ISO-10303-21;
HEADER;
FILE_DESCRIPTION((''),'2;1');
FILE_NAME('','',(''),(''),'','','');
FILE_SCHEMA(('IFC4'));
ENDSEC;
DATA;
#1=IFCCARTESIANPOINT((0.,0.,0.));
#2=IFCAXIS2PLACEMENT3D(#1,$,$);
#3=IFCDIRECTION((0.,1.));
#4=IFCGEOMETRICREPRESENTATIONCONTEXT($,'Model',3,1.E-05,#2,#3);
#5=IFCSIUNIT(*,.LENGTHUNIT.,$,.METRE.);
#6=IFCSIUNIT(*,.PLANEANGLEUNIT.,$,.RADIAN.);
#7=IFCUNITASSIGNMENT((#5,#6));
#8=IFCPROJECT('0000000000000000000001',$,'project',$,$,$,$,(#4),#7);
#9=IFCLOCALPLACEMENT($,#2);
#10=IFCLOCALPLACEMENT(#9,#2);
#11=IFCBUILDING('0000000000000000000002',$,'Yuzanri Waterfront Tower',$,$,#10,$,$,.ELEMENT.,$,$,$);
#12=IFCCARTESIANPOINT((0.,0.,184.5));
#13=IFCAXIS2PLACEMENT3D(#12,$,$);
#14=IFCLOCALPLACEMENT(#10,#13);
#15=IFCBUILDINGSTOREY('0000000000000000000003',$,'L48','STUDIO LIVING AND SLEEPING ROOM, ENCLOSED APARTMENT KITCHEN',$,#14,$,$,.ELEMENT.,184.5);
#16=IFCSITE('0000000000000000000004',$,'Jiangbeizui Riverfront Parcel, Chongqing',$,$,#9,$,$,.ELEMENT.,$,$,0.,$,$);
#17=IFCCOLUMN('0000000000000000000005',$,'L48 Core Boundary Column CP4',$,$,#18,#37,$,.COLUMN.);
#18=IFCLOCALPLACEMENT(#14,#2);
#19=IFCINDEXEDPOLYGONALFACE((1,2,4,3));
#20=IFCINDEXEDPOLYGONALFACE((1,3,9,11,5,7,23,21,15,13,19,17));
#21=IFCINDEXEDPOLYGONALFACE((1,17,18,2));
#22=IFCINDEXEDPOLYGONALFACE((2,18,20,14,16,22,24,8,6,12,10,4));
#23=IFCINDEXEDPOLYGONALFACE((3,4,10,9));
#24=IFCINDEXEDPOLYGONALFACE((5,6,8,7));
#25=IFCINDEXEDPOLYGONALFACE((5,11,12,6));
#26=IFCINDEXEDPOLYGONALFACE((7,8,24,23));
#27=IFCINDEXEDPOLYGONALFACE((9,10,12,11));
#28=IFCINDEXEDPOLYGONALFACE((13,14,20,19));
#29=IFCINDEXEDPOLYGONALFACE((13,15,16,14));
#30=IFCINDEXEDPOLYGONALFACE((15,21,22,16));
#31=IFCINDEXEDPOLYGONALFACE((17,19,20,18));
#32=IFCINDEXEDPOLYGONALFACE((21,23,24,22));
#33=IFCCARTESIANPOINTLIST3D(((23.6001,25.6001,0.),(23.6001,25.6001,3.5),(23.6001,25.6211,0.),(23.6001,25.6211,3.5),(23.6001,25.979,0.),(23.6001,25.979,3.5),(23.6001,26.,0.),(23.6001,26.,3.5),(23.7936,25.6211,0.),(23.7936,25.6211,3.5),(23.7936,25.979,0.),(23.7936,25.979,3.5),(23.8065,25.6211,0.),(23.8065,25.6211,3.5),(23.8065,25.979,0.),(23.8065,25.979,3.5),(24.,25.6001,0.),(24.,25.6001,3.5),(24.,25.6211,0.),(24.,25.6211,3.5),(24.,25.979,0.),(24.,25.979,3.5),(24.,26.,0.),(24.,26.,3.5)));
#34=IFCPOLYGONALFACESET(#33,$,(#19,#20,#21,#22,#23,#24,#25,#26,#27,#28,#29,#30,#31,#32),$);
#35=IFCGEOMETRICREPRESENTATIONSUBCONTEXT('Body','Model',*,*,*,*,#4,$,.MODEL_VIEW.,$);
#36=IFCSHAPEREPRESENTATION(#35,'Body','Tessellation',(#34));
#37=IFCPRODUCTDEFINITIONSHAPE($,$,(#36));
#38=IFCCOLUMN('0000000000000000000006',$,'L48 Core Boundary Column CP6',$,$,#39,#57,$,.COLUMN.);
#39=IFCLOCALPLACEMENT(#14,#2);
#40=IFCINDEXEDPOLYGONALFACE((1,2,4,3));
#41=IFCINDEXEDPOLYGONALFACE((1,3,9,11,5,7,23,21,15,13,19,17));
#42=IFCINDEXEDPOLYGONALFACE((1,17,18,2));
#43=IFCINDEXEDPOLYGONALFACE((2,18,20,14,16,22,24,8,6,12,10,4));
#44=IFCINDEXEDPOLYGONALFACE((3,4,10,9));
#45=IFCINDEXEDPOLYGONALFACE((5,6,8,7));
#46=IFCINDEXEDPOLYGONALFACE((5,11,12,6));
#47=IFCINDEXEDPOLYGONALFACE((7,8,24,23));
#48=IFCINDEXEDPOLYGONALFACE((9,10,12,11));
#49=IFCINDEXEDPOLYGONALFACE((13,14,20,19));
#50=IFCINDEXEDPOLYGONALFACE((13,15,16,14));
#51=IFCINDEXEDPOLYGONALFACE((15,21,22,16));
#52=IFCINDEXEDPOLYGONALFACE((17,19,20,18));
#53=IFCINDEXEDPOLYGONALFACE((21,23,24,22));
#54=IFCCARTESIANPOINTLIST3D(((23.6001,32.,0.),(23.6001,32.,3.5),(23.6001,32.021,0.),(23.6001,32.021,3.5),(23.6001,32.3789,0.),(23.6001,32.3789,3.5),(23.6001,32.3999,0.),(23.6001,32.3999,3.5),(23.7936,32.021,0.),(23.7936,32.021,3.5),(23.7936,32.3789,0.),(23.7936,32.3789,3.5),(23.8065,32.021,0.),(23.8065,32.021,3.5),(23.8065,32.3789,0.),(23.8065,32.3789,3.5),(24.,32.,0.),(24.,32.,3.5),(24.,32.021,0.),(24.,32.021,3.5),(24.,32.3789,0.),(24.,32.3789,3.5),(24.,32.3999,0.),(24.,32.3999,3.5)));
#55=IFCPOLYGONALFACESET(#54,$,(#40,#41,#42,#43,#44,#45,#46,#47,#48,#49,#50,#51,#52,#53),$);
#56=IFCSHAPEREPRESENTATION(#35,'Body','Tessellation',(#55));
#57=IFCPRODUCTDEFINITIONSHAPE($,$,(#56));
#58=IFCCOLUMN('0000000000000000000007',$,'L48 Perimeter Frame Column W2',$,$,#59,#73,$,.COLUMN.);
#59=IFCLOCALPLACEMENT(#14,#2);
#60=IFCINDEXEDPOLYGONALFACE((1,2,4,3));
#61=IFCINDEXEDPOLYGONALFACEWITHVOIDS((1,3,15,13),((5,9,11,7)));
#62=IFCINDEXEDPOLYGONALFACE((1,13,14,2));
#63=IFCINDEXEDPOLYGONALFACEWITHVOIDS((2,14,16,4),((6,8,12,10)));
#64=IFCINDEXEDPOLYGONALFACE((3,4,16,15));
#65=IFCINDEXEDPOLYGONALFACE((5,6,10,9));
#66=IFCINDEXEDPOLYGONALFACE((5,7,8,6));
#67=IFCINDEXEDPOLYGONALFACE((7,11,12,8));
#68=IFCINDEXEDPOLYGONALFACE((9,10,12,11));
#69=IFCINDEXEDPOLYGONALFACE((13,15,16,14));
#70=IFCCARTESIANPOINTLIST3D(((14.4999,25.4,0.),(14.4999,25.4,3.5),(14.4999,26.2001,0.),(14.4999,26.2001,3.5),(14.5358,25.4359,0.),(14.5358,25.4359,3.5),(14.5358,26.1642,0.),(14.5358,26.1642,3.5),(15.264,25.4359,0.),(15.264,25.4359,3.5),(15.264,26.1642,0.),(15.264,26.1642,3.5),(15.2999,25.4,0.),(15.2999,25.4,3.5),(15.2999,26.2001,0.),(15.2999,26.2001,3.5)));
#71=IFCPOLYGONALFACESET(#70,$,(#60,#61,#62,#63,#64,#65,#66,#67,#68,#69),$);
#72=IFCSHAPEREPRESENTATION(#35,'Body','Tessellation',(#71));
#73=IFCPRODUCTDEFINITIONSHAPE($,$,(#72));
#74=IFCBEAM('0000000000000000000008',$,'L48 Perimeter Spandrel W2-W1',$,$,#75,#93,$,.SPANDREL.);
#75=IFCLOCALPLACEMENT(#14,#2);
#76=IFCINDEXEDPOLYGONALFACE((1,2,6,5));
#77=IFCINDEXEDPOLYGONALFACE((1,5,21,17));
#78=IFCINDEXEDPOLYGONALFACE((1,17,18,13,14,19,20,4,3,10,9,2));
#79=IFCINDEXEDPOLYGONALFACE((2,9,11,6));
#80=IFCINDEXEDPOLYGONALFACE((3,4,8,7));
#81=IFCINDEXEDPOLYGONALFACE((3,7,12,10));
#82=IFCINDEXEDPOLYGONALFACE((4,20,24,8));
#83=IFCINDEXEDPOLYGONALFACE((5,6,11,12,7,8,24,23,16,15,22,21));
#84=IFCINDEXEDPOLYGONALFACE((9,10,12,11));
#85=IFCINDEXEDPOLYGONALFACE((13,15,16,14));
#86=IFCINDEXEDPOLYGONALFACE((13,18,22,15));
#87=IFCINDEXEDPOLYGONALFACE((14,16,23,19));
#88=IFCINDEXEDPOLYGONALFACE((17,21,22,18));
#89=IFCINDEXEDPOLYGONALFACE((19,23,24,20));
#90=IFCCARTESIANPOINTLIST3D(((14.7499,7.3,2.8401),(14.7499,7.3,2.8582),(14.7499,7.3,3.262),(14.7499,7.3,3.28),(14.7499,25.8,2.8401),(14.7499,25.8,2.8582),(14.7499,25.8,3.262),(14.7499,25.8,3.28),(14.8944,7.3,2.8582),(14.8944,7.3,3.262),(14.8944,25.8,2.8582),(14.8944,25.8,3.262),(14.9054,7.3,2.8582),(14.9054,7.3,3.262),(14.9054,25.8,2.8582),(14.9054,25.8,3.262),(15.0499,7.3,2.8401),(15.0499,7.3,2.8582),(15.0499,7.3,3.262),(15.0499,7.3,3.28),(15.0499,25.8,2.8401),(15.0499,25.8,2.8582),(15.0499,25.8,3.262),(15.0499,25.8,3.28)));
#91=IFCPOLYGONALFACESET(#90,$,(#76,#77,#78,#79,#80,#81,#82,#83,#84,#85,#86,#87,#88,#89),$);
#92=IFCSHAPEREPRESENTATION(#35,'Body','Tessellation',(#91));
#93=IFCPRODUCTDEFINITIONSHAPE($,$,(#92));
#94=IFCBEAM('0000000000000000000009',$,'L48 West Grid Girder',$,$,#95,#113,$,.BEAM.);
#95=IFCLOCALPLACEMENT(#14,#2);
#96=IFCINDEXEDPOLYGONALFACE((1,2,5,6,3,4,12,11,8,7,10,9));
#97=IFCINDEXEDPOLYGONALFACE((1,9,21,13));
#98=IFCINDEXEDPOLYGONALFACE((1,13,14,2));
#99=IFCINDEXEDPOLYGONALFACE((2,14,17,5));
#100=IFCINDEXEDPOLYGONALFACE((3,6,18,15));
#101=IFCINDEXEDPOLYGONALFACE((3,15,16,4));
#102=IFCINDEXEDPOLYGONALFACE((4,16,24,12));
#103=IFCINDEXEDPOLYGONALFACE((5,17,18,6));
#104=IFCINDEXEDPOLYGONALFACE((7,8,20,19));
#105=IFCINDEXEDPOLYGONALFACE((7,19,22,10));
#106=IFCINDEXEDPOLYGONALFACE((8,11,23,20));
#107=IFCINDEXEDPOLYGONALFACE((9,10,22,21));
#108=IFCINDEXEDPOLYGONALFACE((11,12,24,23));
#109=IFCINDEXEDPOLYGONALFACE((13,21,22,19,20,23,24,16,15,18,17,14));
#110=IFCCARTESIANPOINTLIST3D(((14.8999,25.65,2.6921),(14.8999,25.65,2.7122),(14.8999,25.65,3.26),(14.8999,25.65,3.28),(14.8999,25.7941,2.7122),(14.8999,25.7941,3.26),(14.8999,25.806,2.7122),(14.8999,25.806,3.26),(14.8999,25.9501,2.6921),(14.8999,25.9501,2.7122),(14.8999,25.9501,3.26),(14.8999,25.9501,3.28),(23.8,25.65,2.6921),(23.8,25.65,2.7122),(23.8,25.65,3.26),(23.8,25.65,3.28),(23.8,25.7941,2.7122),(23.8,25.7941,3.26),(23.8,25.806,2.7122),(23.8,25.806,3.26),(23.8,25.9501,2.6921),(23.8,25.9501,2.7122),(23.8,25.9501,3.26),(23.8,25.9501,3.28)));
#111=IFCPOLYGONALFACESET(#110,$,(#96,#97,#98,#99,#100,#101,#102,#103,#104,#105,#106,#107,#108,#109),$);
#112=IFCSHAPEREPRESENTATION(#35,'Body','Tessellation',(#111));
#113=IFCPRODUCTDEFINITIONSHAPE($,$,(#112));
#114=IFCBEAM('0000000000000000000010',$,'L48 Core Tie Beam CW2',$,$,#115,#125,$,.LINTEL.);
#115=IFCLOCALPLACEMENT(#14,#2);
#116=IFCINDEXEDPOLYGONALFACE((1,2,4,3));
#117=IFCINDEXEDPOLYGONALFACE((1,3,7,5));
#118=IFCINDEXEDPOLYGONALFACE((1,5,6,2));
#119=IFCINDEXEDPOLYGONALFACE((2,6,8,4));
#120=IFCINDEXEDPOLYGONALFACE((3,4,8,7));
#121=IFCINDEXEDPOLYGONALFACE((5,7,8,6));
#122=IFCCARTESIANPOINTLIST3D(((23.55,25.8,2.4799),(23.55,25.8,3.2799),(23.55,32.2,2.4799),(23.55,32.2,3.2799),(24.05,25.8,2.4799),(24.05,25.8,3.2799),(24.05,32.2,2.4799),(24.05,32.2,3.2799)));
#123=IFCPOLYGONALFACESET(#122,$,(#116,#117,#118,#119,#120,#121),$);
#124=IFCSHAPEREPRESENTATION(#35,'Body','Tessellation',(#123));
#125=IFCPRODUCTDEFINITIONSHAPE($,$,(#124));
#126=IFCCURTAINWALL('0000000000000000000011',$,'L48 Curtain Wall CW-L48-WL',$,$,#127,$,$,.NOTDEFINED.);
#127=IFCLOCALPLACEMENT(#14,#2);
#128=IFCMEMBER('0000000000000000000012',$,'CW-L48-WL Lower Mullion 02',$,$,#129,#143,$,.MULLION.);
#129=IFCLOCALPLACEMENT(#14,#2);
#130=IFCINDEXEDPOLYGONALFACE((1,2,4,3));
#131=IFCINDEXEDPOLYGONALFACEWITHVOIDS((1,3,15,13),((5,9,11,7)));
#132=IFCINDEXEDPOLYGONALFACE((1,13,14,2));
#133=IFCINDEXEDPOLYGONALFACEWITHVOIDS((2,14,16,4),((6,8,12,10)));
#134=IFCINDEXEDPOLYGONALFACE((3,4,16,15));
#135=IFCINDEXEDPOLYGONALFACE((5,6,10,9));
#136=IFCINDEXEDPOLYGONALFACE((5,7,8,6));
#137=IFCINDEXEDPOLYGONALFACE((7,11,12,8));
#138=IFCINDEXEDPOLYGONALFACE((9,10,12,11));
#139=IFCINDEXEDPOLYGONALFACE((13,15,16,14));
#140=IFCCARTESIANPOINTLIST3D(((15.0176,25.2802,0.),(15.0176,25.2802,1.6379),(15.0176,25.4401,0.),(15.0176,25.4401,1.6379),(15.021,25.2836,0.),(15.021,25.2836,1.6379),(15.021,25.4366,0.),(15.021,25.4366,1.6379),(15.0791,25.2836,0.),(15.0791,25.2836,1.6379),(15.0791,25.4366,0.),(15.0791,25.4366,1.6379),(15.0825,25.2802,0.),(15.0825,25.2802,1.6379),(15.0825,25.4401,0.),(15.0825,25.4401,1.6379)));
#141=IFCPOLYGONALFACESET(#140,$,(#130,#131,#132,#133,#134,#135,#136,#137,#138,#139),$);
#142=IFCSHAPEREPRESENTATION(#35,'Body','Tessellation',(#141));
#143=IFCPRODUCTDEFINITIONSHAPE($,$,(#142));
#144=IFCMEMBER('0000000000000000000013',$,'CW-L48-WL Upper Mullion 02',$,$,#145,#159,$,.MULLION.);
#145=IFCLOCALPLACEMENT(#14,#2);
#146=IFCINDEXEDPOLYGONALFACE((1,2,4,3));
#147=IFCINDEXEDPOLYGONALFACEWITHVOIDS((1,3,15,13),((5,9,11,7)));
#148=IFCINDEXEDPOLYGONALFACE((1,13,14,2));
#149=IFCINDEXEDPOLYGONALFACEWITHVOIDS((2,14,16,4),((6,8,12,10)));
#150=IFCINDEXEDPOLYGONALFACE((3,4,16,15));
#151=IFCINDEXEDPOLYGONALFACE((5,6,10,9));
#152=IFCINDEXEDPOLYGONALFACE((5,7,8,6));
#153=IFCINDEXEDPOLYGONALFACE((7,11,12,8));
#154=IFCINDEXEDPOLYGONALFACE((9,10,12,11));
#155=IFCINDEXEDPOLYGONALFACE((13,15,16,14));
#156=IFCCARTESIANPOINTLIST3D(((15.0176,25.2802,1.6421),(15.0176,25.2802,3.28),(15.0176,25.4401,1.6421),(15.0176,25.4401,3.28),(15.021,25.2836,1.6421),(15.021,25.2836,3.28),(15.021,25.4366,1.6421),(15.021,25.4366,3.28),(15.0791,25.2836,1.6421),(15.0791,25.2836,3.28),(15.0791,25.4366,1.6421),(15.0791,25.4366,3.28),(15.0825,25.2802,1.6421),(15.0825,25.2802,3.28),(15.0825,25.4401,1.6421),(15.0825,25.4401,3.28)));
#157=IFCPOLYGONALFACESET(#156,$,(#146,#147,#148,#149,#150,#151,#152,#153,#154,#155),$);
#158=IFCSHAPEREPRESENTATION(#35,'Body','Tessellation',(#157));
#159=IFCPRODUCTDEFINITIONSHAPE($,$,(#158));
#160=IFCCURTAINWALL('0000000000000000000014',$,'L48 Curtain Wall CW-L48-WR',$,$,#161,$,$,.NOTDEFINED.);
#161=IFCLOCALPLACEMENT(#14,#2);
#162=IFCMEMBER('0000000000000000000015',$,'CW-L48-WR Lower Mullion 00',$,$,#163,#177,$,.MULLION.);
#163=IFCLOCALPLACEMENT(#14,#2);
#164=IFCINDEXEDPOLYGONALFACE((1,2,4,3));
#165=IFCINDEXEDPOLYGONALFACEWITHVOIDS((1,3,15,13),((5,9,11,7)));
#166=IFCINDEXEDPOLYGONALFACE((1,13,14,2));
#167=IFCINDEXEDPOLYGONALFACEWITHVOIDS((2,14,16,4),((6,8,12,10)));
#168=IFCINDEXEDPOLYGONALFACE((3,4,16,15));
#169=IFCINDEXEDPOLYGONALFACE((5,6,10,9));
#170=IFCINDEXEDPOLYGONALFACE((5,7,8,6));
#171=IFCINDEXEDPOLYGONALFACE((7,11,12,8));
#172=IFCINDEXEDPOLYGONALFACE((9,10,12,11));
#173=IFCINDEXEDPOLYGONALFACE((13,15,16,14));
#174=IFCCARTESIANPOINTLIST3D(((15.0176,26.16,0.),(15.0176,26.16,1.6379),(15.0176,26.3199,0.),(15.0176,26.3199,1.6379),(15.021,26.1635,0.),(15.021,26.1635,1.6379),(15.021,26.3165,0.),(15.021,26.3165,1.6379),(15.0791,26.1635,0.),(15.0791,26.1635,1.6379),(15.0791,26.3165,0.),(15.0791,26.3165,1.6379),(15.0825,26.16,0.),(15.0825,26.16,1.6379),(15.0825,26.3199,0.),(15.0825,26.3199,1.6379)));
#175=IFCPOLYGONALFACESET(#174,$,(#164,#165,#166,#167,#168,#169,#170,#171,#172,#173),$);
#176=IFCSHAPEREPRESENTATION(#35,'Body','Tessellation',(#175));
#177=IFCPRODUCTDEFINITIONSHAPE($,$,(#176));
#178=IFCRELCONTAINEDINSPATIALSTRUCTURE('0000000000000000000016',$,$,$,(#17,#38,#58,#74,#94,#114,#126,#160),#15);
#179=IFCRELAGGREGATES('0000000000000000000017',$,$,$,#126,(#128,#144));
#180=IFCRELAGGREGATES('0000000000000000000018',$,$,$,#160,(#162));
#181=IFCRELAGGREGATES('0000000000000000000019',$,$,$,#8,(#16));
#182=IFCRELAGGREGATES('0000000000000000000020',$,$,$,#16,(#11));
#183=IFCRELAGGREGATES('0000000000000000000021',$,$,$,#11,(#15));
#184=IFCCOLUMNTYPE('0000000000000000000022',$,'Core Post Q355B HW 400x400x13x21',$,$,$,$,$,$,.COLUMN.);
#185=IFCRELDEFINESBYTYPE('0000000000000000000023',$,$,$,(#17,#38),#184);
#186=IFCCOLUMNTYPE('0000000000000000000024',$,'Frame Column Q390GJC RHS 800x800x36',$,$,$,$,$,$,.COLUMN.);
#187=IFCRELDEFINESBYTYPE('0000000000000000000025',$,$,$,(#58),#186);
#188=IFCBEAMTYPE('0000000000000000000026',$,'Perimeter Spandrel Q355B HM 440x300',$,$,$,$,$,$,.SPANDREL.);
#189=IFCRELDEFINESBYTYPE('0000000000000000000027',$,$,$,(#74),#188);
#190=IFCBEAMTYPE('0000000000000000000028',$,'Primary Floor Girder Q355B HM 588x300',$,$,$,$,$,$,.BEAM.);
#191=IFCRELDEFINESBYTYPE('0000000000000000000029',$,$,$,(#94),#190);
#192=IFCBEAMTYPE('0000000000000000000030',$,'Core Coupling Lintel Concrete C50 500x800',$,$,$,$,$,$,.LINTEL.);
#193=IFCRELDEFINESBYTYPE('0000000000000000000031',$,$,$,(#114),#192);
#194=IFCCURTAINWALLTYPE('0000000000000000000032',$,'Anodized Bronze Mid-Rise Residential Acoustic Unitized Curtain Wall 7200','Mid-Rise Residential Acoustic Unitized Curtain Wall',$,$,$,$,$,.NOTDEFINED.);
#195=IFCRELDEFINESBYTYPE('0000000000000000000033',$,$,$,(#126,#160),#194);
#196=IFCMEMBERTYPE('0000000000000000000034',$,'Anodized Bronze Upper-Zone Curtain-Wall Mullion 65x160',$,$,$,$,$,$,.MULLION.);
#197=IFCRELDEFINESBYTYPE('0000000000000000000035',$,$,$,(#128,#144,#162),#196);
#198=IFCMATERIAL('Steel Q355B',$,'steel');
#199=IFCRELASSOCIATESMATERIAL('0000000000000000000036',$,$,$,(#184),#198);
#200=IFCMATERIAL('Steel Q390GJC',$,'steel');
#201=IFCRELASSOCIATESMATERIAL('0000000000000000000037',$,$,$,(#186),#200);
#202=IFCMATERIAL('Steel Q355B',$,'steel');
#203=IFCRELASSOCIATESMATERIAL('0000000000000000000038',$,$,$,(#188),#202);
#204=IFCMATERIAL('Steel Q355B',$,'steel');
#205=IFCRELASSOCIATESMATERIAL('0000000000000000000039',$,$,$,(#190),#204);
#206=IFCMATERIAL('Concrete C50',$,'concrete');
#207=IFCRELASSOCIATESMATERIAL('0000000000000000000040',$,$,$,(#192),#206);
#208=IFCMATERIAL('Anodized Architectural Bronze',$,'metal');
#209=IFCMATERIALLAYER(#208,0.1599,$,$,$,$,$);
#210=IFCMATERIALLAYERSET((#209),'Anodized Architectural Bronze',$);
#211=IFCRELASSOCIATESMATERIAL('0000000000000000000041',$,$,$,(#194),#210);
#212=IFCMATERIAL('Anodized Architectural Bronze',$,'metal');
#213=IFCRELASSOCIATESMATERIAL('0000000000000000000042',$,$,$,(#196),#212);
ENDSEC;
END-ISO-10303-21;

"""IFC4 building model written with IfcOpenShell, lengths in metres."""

from ifc_helpers import new_model, si_unit, direction, frame, origin, origin_2d, place, context, subcontext, project, spatial, rectangle, hollow_rectangle, i_section, extrude, source, transform, mapped, material, layer, layer_set, material_profile, profile_set, type_object, element, aggregate, save


model = new_model("IFC4")

# Units and contexts
model_context = context("Model", 3, precision=1e-05, world=origin(), true_north=direction((0.0, 1.0)))
body_context = subcontext(model_context, "Body", "Model", "MODEL_VIEW")
ifc_project = project(units=[si_unit("LENGTHUNIT", "METRE"), si_unit("PLANEANGLEUNIT", "RADIAN")], contexts=[model_context])

# Site, building, storey
site_placement = place(None, origin())
site = spatial("IfcSite", under=ifc_project, at=site_placement, Name="Jiangbeizui Riverfront Parcel, Chongqing", CompositionType="ELEMENT", RefElevation=0.0)
building_placement = place(site_placement, origin())
building = spatial("IfcBuilding", under=site, at=building_placement, Name="Yuzanri Waterfront Tower", CompositionType="ELEMENT")
storey_placement = place(building_placement, frame((0.0, 0.0, 184.5)))
storey = spatial("IfcBuildingStorey", under=building, at=storey_placement, Name="L48", Description="STUDIO LIVING AND SLEEPING ROOM, ENCLOSED APARTMENT KITCHEN", CompositionType="ELEMENT", Elevation=184.5)

# Columns
ifc_material_1 = material(Name="Steel Q355B", Category="steel")
ifc_material_profile_1 = material_profile(ifc_material_1, i_section(OverallWidth=0.3999, OverallDepth=0.3999, WebThickness=0.0129, FlangeThickness=0.021, at=origin_2d()), Name="HW 400x400x13x21")
ifc_profile_set_1 = profile_set([ifc_material_profile_1], Name="Steel Q355B")
column_type_1 = type_object("IfcColumnType", Name="Core Post Q355B HW 400x400x13x21", PredefinedType="COLUMN", material=ifc_profile_set_1)
shared_shape_1 = source(origin(), body_context, "Body", "SweptSolid", [
    extrude(i_section(OverallWidth=0.3999, OverallDepth=0.3999, WebThickness=0.0129, FlangeThickness=0.021, at=origin_2d()), origin(), (0.0, 0.0, 1.0), 3.5),
])
for number, where, z_axis, x_axis, name in (
    (1, (23.8, 25.8, 0.0), (0.0, 0.0, 1.0), (1.0, 0.0, 0.0), "L48 Core Boundary Column CP4"),
    (2, (23.8, 32.2, 0.0), (0.0, 0.0, 1.0), (1.0, 0.0, 0.0), "L48 Core Boundary Column CP6"),
):
    element("IfcColumn", number, at=place(storey_placement, frame(where, z_axis=z_axis, x_axis=x_axis)), inside=storey, type_object=column_type_1, Name=name, PredefinedType="COLUMN", context=body_context, shape_type="MappedRepresentation", body=[
        mapped(shared_shape_1, transform((0.0, 0.0, 0.0), scale=1.0)),
    ])
ifc_material_2 = material(Name="Steel Q390GJC", Category="steel")
ifc_material_profile_2 = material_profile(ifc_material_2, hollow_rectangle(XDim=0.8, YDim=0.8, WallThickness=0.0359, at=origin_2d()), Name="RHS 800x800x36")
ifc_profile_set_2 = profile_set([ifc_material_profile_2], Name="Steel Q390GJC")
column_type_2 = type_object("IfcColumnType", Name="Frame Column Q390GJC RHS 800x800x36", PredefinedType="COLUMN", material=ifc_profile_set_2)
shared_shape_2 = source(origin(), body_context, "Body", "SweptSolid", [
    extrude(hollow_rectangle(XDim=0.8, YDim=0.8, WallThickness=0.0359, at=origin_2d()), origin(), (0.0, 0.0, 1.0), 3.5),
])
column_placement = place(storey_placement, frame((14.8999, 25.8, 0.0), z_axis=(0.0, 0.0, 1.0), x_axis=(1.0, 0.0, 0.0)))
element("IfcColumn", 3, at=column_placement, inside=storey, type_object=column_type_2, Name="L48 Perimeter Frame Column W2", PredefinedType="COLUMN", context=body_context, shape_type="MappedRepresentation", body=[
    mapped(shared_shape_2, transform((0.0, 0.0, 0.0), scale=1.0)),
])

# Beams
ifc_material_3 = material(Name="Steel Q355B", Category="steel")
ifc_material_profile_3 = material_profile(ifc_material_3, i_section(OverallWidth=0.3, OverallDepth=0.4399, WebThickness=0.011, FlangeThickness=0.0181, at=origin_2d()), Name="HM 440x300x11x18")
ifc_profile_set_3 = profile_set([ifc_material_profile_3], Name="Steel Q355B")
beam_type_1 = type_object("IfcBeamType", Name="Perimeter Spandrel Q355B HM 440x300", PredefinedType="SPANDREL", material=ifc_profile_set_3)
shared_shape_3 = source(origin(), body_context, "Body", "SweptSolid", [
    extrude(i_section(OverallWidth=0.3, OverallDepth=0.4399, WebThickness=0.011, FlangeThickness=0.0181, at=origin_2d()), origin(), (0.0, 0.0, 1.0), 18.5),
])
beam_1_placement = place(storey_placement, frame((14.8999, 25.8, 3.0601), z_axis=(0.0, -1.0, 0.0), x_axis=(1.0, 0.0, 0.0)))
element("IfcBeam", 4, at=beam_1_placement, inside=storey, type_object=beam_type_1, Name="L48 Perimeter Spandrel W2-W1", PredefinedType="SPANDREL", context=body_context, shape_type="MappedRepresentation", body=[
    mapped(shared_shape_3, transform((0.0, 0.0, 0.0), scale=1.0)),
])
ifc_material_4 = material(Name="Steel Q355B", Category="steel")
ifc_material_profile_4 = material_profile(ifc_material_4, i_section(OverallWidth=0.3, OverallDepth=0.5879, WebThickness=0.012, FlangeThickness=0.02, at=origin_2d()), Name="HM 588x300x12x20")
ifc_profile_set_4 = profile_set([ifc_material_profile_4], Name="Steel Q355B")
beam_type_2 = type_object("IfcBeamType", Name="Primary Floor Girder Q355B HM 588x300", PredefinedType="BEAM", material=ifc_profile_set_4)
shared_shape_4 = source(origin(), body_context, "Body", "SweptSolid", [
    extrude(i_section(OverallWidth=0.3, OverallDepth=0.5879, WebThickness=0.012, FlangeThickness=0.02, at=origin_2d()), origin(), (0.0, 0.0, 1.0), 8.9001),
])
beam_2_placement = place(storey_placement, frame((23.8, 25.8, 2.9861), z_axis=(-1.0, 0.0, 0.0), x_axis=(0.0, -1.0, 0.0)))
element("IfcBeam", 5, at=beam_2_placement, inside=storey, type_object=beam_type_2, Name="L48 West Grid Girder", PredefinedType="BEAM", context=body_context, shape_type="MappedRepresentation", body=[
    mapped(shared_shape_4, transform((0.0, 0.0, 0.0), scale=1.0)),
])
ifc_material_5 = material(Name="Concrete C50", Category="concrete")
ifc_material_profile_5 = material_profile(ifc_material_5, rectangle(XDim=0.5, YDim=0.8, at=origin_2d()), Name="RC 500x800")
ifc_profile_set_5 = profile_set([ifc_material_profile_5], Name="Concrete C50")
beam_type_3 = type_object("IfcBeamType", Name="Core Coupling Lintel Concrete C50 500x800", PredefinedType="LINTEL", material=ifc_profile_set_5)
shared_shape_5 = source(origin(), body_context, "Body", "SweptSolid", [
    extrude(rectangle(XDim=0.5, YDim=0.8, at=origin_2d()), origin(), (0.0, 0.0, 1.0), 6.3999),
])
beam_3_placement = place(storey_placement, frame((23.8, 25.8, 2.8799), z_axis=(0.0, 1.0, 0.0), x_axis=(-1.0, 0.0, 0.0)))
element("IfcBeam", 6, at=beam_3_placement, inside=storey, type_object=beam_type_3, Name="L48 Core Tie Beam CW2", PredefinedType="LINTEL", context=body_context, shape_type="MappedRepresentation", body=[
    mapped(shared_shape_5, transform((0.0, 0.0, 0.0), scale=1.0)),
])

# Curtain wall, members
ifc_material_6 = material(Name="Anodized Architectural Bronze", Category="metal")
ifc_layer_1 = layer(ifc_material_6, 0.1599)
ifc_layer_set_1 = layer_set([ifc_layer_1], Name="Anodized Architectural Bronze")
curtain_wall_type = type_object("IfcCurtainWallType", Name="Anodized Bronze Mid-Rise Residential Acoustic Unitized Curtain Wall 7200", Description="Mid-Rise Residential Acoustic Unitized Curtain Wall", PredefinedType="NOTDEFINED", material=ifc_layer_set_1)
curtain_wall_1_placement = place(storey_placement, origin())
curtain_wall_1 = element("IfcCurtainWall", 7, at=curtain_wall_1_placement, inside=storey, type_object=curtain_wall_type, Name="L48 Curtain Wall CW-L48-WL", PredefinedType="NOTDEFINED")
ifc_material_7 = material(Name="Anodized Architectural Bronze", Category="metal")
ifc_material_profile_6 = material_profile(ifc_material_7, hollow_rectangle(XDim=0.0649, YDim=0.1599, WallThickness=0.0034, at=origin_2d()), Name="CWM 65x160")
ifc_profile_set_6 = profile_set([ifc_material_profile_6], Name="Anodized Architectural Bronze")
member_type_1 = type_object("IfcMemberType", Name="Anodized Bronze Upper-Zone Curtain-Wall Mullion 65x160", PredefinedType="MULLION", material=ifc_profile_set_6)
shared_shape_6 = source(origin(), body_context, "Body", "SweptSolid", [
    extrude(hollow_rectangle(XDim=0.0649, YDim=0.1599, WallThickness=0.0034, at=origin_2d()), origin(), (0.0, 0.0, 1.0), 1.6379),
])
member_1_placement = place(storey_placement, frame((15.05, 25.3601, 0.0), z_axis=(0.0, 0.0, 1.0), x_axis=(1.0, 0.0, 0.0)))
member_1 = element("IfcMember", 8, at=member_1_placement, type_object=member_type_1, Name="CW-L48-WL Lower Mullion 02", PredefinedType="MULLION", context=body_context, shape_type="MappedRepresentation", body=[
    mapped(shared_shape_6, transform((0.0, 0.0, 0.0), scale=1.0)),
])
member_2_placement = place(storey_placement, frame((15.05, 25.3601, 1.6421), z_axis=(0.0, 0.0, 1.0), x_axis=(1.0, 0.0, 0.0)))
member_2 = element("IfcMember", 9, at=member_2_placement, type_object=member_type_1, Name="CW-L48-WL Upper Mullion 02", PredefinedType="MULLION", context=body_context, shape_type="MappedRepresentation", body=[
    mapped(shared_shape_6, transform((0.0, 0.0, 0.0), scale=1.0)),
])
aggregate(curtain_wall_1, [member_1, member_2])

# Curtain wall, member
curtain_wall_2_placement = place(storey_placement, origin())
curtain_wall_2 = element("IfcCurtainWall", 10, at=curtain_wall_2_placement, inside=storey, type_object=curtain_wall_type, Name="L48 Curtain Wall CW-L48-WR", PredefinedType="NOTDEFINED")
member_3_placement = place(storey_placement, frame((15.05, 26.24, 0.0), z_axis=(0.0, 0.0, 1.0), x_axis=(1.0, 0.0, 0.0)))
member_3 = element("IfcMember", 11, at=member_3_placement, type_object=member_type_1, Name="CW-L48-WR Lower Mullion 00", PredefinedType="MULLION", context=body_context, shape_type="MappedRepresentation", body=[
    mapped(shared_shape_6, transform((0.0, 0.0, 0.0), scale=1.0)),
])
aggregate(curtain_wall_2, [member_3])

save(model, "model.ifc")
